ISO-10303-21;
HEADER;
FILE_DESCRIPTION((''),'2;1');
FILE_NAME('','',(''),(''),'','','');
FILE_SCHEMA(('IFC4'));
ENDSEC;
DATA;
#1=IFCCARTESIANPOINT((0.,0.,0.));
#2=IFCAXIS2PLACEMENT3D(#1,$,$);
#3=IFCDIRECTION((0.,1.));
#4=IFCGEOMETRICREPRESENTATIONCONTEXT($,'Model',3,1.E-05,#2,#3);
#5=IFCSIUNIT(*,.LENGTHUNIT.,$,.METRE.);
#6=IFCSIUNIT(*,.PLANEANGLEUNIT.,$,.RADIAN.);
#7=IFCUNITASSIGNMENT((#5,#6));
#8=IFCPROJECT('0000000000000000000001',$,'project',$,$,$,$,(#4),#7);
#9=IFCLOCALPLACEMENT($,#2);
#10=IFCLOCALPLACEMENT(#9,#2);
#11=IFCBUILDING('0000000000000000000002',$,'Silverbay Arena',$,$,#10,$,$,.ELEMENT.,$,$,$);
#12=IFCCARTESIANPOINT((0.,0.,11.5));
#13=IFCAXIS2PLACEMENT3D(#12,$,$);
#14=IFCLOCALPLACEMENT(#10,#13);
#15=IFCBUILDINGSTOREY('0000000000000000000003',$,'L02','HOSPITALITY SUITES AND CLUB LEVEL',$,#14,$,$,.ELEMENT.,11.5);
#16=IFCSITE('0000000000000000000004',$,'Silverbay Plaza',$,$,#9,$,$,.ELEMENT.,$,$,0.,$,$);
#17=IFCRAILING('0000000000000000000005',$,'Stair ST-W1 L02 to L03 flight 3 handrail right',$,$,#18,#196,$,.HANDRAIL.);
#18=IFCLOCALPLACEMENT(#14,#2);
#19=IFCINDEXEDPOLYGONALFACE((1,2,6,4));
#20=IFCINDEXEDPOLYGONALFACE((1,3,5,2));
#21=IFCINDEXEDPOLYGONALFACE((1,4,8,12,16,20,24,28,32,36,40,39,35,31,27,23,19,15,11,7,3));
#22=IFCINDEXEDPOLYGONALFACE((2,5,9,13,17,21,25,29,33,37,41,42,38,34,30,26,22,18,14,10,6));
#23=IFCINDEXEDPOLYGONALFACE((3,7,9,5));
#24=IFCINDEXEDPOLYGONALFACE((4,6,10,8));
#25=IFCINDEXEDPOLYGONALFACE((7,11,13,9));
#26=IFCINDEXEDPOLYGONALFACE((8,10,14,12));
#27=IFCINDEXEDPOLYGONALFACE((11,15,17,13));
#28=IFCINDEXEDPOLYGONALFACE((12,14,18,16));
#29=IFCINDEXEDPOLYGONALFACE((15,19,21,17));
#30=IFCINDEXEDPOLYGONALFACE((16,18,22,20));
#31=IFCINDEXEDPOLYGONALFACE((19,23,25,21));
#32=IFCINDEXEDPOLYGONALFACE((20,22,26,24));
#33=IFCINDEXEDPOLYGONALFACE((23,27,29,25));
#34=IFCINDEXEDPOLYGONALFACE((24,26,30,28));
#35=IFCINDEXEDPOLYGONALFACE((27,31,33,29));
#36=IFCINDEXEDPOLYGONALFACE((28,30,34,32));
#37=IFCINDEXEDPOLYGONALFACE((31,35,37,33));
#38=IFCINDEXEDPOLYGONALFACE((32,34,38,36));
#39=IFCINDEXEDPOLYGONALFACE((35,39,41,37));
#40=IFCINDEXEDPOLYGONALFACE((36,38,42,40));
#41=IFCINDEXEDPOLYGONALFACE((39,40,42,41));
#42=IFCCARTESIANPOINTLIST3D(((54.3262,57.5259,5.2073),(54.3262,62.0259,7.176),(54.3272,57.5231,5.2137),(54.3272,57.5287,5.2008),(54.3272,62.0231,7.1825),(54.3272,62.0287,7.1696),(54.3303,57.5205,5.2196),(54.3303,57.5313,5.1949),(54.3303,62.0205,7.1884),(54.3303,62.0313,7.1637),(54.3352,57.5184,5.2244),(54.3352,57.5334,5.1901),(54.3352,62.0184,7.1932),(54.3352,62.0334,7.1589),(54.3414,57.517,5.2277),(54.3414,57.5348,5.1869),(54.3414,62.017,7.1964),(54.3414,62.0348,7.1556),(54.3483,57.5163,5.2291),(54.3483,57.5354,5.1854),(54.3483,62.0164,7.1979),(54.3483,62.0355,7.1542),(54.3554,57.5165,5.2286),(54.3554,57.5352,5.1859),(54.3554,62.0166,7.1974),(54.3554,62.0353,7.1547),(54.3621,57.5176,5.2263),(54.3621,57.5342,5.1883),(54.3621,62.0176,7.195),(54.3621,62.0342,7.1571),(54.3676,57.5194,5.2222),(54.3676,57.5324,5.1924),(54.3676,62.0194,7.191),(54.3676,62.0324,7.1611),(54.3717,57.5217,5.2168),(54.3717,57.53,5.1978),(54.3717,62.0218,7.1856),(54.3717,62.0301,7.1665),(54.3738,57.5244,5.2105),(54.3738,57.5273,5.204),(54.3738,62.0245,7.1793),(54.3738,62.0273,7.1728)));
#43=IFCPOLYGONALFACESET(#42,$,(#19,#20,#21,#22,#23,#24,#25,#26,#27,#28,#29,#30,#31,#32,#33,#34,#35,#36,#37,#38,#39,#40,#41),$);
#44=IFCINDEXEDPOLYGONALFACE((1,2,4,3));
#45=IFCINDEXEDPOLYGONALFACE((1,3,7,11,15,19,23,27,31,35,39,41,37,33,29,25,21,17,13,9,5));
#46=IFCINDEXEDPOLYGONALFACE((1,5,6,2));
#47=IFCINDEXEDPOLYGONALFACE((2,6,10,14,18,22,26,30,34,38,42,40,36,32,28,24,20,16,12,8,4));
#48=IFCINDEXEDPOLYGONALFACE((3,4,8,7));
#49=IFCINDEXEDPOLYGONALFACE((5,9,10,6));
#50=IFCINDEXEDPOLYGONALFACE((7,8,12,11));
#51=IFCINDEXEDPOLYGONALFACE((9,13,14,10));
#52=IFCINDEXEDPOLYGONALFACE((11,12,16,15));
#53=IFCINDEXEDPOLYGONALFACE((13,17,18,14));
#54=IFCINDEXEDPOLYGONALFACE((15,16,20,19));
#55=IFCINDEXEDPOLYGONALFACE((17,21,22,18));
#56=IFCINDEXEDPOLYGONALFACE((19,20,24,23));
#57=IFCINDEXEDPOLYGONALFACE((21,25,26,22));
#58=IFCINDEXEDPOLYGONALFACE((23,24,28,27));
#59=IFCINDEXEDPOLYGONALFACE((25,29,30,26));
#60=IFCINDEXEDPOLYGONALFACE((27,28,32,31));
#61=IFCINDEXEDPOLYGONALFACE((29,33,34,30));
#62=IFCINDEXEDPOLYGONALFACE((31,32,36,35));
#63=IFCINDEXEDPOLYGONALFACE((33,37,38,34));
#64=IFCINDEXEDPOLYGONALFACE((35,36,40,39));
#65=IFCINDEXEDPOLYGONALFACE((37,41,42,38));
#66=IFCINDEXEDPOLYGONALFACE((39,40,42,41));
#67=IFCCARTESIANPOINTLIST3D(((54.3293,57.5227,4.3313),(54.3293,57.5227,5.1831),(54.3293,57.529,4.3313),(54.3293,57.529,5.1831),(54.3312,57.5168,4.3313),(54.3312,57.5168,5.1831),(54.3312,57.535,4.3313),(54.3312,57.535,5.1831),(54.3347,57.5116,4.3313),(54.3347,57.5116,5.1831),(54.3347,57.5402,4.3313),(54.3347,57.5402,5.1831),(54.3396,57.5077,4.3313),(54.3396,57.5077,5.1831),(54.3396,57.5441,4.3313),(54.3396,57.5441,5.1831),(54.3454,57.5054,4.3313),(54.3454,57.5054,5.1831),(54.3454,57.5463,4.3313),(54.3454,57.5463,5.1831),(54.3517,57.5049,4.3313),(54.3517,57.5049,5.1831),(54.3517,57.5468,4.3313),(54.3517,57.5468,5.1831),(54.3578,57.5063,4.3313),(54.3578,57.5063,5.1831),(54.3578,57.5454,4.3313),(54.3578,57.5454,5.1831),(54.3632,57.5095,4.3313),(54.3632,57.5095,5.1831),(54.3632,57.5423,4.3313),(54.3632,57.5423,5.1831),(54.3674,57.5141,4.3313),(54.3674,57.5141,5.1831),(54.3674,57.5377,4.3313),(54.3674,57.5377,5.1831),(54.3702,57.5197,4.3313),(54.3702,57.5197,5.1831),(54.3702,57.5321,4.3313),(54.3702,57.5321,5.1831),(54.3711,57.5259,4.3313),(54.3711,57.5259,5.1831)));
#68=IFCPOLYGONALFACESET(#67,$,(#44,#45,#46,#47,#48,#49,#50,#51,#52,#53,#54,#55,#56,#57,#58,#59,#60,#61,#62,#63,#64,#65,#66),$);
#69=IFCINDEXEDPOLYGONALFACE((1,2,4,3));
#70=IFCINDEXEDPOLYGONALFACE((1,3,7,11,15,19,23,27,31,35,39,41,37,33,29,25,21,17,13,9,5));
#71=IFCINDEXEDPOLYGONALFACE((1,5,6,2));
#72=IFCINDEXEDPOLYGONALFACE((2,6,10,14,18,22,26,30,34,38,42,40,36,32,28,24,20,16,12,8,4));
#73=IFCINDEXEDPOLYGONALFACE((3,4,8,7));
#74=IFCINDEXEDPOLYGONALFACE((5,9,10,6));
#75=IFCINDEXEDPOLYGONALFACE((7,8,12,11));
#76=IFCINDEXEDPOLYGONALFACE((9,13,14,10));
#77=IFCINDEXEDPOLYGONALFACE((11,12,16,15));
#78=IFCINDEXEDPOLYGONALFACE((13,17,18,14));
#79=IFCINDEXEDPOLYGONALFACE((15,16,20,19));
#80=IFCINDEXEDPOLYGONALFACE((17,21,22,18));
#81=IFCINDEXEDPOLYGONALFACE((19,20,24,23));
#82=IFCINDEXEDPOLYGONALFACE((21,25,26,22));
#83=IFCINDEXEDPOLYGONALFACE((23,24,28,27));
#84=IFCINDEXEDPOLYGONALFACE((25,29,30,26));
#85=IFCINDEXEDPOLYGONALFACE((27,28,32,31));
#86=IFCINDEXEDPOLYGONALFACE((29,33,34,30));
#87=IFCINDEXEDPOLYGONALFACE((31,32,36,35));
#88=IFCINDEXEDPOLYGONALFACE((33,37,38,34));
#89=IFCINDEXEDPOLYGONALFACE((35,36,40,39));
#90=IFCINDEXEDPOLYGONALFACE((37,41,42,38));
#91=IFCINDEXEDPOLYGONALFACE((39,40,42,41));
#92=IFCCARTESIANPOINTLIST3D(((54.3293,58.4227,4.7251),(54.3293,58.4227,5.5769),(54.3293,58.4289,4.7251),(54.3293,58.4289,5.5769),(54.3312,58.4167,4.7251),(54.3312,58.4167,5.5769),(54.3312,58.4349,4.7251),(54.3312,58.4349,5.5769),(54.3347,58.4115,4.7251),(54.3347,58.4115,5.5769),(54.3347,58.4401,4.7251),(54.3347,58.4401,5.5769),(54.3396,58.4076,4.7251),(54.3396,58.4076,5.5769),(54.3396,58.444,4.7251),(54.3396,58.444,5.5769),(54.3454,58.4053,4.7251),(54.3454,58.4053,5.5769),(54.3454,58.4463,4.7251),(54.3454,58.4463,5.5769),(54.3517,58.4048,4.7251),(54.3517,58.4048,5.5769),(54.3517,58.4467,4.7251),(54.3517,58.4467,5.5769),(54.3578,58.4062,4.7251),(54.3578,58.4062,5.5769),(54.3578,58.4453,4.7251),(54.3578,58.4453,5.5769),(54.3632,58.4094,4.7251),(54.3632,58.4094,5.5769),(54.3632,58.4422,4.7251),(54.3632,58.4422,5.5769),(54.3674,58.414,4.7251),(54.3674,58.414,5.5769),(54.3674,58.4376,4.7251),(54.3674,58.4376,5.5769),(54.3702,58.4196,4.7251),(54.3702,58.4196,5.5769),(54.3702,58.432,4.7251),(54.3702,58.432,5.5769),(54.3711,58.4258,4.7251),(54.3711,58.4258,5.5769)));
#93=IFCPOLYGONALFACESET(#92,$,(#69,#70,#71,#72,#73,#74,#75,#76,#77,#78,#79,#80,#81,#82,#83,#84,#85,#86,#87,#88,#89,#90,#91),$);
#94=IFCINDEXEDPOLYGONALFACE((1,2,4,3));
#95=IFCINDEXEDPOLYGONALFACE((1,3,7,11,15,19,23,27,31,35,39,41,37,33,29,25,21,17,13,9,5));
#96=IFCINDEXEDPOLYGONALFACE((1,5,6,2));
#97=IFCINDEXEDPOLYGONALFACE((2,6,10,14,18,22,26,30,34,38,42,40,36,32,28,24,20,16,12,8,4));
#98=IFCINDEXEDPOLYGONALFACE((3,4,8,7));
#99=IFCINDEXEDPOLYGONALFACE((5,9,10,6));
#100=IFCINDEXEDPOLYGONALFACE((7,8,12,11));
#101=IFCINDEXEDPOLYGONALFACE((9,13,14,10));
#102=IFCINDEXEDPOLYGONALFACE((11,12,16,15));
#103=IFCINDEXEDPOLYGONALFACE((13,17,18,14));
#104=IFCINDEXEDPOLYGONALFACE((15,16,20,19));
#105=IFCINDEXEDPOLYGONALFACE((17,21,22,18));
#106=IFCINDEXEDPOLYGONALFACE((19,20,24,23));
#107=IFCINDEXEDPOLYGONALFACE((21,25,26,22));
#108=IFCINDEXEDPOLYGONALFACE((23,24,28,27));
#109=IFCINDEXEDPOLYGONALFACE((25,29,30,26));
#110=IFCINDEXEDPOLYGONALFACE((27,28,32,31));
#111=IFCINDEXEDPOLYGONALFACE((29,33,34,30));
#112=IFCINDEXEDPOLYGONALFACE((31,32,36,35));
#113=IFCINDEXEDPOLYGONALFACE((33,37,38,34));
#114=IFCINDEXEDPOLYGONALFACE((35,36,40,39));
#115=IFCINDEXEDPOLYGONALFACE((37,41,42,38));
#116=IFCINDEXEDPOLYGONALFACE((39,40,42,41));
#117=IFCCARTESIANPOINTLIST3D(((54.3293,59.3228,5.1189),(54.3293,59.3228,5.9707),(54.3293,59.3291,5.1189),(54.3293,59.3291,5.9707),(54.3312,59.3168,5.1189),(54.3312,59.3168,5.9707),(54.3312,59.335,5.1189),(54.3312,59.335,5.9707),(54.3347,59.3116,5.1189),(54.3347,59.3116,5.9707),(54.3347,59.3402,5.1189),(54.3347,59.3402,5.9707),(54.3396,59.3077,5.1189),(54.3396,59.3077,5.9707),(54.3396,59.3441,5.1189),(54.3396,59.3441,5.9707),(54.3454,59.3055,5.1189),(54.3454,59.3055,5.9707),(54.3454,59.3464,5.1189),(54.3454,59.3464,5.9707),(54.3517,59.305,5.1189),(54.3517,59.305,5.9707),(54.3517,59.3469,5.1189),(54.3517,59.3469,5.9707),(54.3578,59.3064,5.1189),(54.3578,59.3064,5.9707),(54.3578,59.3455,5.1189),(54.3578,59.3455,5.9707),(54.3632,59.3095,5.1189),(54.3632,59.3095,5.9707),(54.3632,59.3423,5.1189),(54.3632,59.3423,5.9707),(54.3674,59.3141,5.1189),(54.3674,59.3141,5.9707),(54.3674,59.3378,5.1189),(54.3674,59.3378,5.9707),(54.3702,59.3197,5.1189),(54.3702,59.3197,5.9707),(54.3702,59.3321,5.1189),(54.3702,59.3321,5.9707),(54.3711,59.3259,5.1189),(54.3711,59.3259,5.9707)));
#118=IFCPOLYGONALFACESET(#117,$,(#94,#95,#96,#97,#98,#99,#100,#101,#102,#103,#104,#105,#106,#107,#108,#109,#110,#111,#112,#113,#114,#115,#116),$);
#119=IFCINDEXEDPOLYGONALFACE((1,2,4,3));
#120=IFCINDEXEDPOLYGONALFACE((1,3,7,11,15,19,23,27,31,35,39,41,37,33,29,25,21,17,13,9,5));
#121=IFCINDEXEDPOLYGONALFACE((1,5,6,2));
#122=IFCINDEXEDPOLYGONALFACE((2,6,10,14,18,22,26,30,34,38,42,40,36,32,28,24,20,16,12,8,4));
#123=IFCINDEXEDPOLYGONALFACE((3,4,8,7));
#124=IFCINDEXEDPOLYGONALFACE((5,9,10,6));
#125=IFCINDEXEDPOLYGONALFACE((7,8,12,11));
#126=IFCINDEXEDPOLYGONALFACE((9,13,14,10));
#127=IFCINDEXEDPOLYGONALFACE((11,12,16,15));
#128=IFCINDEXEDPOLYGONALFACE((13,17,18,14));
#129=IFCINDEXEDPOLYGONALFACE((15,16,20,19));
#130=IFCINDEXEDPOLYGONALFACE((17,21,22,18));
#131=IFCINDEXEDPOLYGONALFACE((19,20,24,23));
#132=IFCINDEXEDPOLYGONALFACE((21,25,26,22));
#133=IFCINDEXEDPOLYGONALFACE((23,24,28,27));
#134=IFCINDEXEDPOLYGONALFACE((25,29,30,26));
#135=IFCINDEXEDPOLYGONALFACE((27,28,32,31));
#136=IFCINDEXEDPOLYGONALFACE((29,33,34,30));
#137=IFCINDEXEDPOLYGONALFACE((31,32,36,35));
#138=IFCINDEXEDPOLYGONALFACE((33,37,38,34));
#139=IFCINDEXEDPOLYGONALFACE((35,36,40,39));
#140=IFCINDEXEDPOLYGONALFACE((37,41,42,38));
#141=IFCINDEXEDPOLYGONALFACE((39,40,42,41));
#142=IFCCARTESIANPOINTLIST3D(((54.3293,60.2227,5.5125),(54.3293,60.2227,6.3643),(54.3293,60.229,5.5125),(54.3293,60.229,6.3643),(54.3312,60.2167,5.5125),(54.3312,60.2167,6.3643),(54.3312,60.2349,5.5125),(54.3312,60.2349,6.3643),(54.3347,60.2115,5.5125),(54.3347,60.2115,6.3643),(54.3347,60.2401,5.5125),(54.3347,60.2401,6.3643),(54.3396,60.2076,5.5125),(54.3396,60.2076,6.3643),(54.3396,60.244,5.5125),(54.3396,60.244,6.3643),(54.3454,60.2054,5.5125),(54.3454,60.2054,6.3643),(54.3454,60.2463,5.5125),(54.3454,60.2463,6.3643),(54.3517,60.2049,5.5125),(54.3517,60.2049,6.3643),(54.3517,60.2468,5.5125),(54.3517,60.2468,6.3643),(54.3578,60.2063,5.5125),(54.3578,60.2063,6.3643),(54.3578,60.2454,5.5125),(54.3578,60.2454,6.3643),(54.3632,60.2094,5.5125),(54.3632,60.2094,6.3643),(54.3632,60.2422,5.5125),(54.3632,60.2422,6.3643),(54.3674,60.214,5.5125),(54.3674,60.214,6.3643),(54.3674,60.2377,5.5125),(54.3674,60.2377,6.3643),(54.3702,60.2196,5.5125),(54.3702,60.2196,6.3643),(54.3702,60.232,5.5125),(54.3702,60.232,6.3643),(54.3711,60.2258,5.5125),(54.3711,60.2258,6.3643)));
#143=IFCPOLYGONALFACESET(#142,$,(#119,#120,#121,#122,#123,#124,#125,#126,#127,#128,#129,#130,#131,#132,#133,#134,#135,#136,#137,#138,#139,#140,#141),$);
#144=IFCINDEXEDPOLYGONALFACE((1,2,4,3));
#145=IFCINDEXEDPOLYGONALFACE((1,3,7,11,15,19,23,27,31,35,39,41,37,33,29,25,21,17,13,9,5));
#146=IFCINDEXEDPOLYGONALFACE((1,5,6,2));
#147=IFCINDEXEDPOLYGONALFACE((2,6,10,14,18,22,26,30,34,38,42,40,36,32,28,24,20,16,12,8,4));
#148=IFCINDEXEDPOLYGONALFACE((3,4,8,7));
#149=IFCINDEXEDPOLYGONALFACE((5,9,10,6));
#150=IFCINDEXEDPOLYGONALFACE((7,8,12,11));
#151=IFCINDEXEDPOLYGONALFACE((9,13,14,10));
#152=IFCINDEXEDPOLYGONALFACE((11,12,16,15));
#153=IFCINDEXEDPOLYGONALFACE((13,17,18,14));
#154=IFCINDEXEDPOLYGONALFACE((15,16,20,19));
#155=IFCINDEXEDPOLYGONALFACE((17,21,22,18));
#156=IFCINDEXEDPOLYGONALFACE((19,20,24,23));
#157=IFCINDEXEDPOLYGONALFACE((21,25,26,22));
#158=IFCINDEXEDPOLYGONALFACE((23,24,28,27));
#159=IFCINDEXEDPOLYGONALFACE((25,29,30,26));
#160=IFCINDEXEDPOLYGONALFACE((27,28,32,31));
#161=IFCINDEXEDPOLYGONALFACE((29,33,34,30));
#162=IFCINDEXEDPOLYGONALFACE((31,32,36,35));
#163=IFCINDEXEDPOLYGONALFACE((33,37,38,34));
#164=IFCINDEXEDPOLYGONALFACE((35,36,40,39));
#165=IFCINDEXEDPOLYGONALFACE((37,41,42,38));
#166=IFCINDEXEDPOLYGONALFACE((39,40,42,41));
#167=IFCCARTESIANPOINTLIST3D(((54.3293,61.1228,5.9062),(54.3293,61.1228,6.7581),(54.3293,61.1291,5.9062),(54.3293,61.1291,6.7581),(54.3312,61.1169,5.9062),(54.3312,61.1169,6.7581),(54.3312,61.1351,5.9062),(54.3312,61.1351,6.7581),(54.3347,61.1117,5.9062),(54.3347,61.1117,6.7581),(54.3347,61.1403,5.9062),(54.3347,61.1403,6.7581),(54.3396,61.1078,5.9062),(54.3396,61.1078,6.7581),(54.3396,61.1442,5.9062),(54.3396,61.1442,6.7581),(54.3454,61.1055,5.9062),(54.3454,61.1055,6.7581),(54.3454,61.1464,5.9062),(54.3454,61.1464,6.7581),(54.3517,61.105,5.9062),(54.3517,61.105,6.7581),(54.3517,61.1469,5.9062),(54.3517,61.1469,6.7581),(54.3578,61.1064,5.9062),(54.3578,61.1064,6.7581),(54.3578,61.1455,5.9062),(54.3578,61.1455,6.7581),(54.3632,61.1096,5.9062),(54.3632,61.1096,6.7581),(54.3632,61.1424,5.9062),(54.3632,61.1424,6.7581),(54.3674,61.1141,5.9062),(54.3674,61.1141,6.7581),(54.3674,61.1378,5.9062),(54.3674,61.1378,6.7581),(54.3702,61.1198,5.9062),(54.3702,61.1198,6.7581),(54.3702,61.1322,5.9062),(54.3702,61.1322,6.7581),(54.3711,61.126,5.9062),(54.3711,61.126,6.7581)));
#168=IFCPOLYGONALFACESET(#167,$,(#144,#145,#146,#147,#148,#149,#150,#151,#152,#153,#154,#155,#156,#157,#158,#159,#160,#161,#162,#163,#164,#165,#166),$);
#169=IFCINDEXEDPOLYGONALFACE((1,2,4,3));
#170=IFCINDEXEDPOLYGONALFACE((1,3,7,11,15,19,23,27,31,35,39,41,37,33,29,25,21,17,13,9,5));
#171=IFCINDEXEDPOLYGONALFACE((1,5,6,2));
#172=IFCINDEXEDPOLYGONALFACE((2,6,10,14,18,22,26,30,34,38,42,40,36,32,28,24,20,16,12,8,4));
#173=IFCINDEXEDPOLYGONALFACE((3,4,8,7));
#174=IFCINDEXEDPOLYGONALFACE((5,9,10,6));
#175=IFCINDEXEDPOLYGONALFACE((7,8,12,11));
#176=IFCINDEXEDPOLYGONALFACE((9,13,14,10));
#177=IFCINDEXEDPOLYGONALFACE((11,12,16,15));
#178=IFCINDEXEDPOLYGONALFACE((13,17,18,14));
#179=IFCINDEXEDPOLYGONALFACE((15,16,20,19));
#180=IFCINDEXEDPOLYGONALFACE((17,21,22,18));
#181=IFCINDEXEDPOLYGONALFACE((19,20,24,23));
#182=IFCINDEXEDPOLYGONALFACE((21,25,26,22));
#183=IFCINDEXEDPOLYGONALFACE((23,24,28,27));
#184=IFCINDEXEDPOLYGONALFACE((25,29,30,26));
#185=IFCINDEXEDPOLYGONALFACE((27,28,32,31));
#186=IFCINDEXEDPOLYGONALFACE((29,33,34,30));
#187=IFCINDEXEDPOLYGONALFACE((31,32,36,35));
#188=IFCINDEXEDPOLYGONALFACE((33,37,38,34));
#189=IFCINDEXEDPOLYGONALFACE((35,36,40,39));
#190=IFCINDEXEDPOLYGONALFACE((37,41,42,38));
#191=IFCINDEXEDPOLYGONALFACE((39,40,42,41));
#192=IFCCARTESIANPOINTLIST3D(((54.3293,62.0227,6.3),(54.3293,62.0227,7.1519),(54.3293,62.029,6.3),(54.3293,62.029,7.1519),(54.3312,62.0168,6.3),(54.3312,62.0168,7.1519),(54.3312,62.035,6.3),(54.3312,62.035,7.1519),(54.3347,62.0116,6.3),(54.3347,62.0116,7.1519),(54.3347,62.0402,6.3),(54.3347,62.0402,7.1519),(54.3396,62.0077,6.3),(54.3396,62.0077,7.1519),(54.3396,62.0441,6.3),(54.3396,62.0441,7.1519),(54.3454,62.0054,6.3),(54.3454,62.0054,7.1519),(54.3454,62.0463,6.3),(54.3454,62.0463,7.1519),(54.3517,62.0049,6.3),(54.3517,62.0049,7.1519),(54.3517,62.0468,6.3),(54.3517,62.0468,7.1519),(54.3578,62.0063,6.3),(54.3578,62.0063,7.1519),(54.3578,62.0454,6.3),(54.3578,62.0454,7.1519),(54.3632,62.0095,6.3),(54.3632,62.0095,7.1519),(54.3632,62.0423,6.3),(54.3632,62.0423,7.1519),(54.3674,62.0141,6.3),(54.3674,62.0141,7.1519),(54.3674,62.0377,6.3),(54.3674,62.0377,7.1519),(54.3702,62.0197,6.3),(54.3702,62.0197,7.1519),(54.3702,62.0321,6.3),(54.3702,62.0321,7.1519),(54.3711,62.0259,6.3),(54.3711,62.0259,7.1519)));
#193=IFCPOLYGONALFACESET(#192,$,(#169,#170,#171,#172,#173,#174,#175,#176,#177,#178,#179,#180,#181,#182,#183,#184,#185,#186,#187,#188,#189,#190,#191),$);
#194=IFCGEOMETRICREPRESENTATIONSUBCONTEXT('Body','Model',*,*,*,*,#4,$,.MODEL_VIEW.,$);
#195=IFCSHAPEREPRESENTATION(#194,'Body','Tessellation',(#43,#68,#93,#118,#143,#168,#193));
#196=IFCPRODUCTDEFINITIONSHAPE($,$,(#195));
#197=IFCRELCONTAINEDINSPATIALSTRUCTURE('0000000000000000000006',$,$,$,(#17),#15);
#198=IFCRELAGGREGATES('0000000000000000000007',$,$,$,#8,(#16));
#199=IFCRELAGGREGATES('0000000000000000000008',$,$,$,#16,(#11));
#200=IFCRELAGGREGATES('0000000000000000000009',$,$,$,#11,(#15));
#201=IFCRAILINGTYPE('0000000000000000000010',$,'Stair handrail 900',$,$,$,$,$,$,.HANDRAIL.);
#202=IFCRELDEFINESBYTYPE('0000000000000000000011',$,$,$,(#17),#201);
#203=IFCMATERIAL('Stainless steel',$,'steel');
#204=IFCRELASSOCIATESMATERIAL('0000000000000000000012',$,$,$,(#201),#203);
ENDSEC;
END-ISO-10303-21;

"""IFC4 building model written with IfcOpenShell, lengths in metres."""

from ifc_helpers import new_model, si_unit, direction, frame, origin, origin_2d, place, context, subcontext, project, spatial, circle, extrude, material, type_object, element, save


model = new_model("IFC4")

# Units and contexts
model_context = context("Model", 3, precision=1e-05, world=origin(), true_north=direction((0.0, 1.0)))
body_context = subcontext(model_context, "Body", "Model", "MODEL_VIEW")
ifc_project = project(units=[si_unit("LENGTHUNIT", "METRE"), si_unit("PLANEANGLEUNIT", "RADIAN")], contexts=[model_context])

# Site, building, storey
site_placement = place(None, origin())
site = spatial("IfcSite", under=ifc_project, at=site_placement, Name="Silverbay Plaza", CompositionType="ELEMENT", RefElevation=0.0)
building_placement = place(site_placement, origin())
building = spatial("IfcBuilding", under=site, at=building_placement, Name="Silverbay Arena", CompositionType="ELEMENT")
storey_placement = place(building_placement, frame((0.0, 0.0, 11.5)))
storey = spatial("IfcBuildingStorey", under=building, at=storey_placement, Name="L02", Description="HOSPITALITY SUITES AND CLUB LEVEL", CompositionType="ELEMENT", Elevation=11.5)

# Railing
ifc_material_1 = material(Name="Stainless steel", Category="steel")
railing_type_1 = type_object("IfcRailingType", Name="Stair handrail 900", PredefinedType="HANDRAIL", material=ifc_material_1)
for number, where, name in (
    (1, (54.3501, 57.5259, 4.3313), "Stair ST-W1 L02 to L03 flight 3 handrail right"),
):
    element("IfcRailing", number, at=place(storey_placement, frame(where)), inside=storey, type_object=railing_type_1, Name=name, PredefinedType="HANDRAIL", context=body_context, shape_type="SweptSolid", body=[
        extrude(circle(Radius=0.0239, at=origin_2d()), frame((0.0, 0.0, 0.876), z_axis=(0.0, 0.916157, 0.400819), x_axis=(-1.0, 0.0, 0.0)), (0.0, 0.0, 1.0), 4.9119),
        extrude(circle(Radius=0.021, at=origin_2d()), origin(), (0.0, 0.0, 1.0), 0.8518),
        extrude(circle(Radius=0.021, at=origin_2d()), frame((0.0, 0.8999, 0.3938)), (0.0, 0.0, 1.0), 0.8518),
        extrude(circle(Radius=0.021, at=origin_2d()), frame((0.0, 1.8, 0.7876)), (0.0, 0.0, 1.0), 0.8518),
        extrude(circle(Radius=0.021, at=origin_2d()), frame((0.0, 2.7, 1.1812)), (0.0, 0.0, 1.0), 0.8518),
        extrude(circle(Radius=0.021, at=origin_2d()), frame((0.0, 3.6001, 1.575)), (0.0, 0.0, 1.0), 0.8518),
        extrude(circle(Radius=0.021, at=origin_2d()), frame((0.0, 4.5, 1.9688)), (0.0, 0.0, 1.0), 0.8518),
    ])

save(model, "model.ifc")
